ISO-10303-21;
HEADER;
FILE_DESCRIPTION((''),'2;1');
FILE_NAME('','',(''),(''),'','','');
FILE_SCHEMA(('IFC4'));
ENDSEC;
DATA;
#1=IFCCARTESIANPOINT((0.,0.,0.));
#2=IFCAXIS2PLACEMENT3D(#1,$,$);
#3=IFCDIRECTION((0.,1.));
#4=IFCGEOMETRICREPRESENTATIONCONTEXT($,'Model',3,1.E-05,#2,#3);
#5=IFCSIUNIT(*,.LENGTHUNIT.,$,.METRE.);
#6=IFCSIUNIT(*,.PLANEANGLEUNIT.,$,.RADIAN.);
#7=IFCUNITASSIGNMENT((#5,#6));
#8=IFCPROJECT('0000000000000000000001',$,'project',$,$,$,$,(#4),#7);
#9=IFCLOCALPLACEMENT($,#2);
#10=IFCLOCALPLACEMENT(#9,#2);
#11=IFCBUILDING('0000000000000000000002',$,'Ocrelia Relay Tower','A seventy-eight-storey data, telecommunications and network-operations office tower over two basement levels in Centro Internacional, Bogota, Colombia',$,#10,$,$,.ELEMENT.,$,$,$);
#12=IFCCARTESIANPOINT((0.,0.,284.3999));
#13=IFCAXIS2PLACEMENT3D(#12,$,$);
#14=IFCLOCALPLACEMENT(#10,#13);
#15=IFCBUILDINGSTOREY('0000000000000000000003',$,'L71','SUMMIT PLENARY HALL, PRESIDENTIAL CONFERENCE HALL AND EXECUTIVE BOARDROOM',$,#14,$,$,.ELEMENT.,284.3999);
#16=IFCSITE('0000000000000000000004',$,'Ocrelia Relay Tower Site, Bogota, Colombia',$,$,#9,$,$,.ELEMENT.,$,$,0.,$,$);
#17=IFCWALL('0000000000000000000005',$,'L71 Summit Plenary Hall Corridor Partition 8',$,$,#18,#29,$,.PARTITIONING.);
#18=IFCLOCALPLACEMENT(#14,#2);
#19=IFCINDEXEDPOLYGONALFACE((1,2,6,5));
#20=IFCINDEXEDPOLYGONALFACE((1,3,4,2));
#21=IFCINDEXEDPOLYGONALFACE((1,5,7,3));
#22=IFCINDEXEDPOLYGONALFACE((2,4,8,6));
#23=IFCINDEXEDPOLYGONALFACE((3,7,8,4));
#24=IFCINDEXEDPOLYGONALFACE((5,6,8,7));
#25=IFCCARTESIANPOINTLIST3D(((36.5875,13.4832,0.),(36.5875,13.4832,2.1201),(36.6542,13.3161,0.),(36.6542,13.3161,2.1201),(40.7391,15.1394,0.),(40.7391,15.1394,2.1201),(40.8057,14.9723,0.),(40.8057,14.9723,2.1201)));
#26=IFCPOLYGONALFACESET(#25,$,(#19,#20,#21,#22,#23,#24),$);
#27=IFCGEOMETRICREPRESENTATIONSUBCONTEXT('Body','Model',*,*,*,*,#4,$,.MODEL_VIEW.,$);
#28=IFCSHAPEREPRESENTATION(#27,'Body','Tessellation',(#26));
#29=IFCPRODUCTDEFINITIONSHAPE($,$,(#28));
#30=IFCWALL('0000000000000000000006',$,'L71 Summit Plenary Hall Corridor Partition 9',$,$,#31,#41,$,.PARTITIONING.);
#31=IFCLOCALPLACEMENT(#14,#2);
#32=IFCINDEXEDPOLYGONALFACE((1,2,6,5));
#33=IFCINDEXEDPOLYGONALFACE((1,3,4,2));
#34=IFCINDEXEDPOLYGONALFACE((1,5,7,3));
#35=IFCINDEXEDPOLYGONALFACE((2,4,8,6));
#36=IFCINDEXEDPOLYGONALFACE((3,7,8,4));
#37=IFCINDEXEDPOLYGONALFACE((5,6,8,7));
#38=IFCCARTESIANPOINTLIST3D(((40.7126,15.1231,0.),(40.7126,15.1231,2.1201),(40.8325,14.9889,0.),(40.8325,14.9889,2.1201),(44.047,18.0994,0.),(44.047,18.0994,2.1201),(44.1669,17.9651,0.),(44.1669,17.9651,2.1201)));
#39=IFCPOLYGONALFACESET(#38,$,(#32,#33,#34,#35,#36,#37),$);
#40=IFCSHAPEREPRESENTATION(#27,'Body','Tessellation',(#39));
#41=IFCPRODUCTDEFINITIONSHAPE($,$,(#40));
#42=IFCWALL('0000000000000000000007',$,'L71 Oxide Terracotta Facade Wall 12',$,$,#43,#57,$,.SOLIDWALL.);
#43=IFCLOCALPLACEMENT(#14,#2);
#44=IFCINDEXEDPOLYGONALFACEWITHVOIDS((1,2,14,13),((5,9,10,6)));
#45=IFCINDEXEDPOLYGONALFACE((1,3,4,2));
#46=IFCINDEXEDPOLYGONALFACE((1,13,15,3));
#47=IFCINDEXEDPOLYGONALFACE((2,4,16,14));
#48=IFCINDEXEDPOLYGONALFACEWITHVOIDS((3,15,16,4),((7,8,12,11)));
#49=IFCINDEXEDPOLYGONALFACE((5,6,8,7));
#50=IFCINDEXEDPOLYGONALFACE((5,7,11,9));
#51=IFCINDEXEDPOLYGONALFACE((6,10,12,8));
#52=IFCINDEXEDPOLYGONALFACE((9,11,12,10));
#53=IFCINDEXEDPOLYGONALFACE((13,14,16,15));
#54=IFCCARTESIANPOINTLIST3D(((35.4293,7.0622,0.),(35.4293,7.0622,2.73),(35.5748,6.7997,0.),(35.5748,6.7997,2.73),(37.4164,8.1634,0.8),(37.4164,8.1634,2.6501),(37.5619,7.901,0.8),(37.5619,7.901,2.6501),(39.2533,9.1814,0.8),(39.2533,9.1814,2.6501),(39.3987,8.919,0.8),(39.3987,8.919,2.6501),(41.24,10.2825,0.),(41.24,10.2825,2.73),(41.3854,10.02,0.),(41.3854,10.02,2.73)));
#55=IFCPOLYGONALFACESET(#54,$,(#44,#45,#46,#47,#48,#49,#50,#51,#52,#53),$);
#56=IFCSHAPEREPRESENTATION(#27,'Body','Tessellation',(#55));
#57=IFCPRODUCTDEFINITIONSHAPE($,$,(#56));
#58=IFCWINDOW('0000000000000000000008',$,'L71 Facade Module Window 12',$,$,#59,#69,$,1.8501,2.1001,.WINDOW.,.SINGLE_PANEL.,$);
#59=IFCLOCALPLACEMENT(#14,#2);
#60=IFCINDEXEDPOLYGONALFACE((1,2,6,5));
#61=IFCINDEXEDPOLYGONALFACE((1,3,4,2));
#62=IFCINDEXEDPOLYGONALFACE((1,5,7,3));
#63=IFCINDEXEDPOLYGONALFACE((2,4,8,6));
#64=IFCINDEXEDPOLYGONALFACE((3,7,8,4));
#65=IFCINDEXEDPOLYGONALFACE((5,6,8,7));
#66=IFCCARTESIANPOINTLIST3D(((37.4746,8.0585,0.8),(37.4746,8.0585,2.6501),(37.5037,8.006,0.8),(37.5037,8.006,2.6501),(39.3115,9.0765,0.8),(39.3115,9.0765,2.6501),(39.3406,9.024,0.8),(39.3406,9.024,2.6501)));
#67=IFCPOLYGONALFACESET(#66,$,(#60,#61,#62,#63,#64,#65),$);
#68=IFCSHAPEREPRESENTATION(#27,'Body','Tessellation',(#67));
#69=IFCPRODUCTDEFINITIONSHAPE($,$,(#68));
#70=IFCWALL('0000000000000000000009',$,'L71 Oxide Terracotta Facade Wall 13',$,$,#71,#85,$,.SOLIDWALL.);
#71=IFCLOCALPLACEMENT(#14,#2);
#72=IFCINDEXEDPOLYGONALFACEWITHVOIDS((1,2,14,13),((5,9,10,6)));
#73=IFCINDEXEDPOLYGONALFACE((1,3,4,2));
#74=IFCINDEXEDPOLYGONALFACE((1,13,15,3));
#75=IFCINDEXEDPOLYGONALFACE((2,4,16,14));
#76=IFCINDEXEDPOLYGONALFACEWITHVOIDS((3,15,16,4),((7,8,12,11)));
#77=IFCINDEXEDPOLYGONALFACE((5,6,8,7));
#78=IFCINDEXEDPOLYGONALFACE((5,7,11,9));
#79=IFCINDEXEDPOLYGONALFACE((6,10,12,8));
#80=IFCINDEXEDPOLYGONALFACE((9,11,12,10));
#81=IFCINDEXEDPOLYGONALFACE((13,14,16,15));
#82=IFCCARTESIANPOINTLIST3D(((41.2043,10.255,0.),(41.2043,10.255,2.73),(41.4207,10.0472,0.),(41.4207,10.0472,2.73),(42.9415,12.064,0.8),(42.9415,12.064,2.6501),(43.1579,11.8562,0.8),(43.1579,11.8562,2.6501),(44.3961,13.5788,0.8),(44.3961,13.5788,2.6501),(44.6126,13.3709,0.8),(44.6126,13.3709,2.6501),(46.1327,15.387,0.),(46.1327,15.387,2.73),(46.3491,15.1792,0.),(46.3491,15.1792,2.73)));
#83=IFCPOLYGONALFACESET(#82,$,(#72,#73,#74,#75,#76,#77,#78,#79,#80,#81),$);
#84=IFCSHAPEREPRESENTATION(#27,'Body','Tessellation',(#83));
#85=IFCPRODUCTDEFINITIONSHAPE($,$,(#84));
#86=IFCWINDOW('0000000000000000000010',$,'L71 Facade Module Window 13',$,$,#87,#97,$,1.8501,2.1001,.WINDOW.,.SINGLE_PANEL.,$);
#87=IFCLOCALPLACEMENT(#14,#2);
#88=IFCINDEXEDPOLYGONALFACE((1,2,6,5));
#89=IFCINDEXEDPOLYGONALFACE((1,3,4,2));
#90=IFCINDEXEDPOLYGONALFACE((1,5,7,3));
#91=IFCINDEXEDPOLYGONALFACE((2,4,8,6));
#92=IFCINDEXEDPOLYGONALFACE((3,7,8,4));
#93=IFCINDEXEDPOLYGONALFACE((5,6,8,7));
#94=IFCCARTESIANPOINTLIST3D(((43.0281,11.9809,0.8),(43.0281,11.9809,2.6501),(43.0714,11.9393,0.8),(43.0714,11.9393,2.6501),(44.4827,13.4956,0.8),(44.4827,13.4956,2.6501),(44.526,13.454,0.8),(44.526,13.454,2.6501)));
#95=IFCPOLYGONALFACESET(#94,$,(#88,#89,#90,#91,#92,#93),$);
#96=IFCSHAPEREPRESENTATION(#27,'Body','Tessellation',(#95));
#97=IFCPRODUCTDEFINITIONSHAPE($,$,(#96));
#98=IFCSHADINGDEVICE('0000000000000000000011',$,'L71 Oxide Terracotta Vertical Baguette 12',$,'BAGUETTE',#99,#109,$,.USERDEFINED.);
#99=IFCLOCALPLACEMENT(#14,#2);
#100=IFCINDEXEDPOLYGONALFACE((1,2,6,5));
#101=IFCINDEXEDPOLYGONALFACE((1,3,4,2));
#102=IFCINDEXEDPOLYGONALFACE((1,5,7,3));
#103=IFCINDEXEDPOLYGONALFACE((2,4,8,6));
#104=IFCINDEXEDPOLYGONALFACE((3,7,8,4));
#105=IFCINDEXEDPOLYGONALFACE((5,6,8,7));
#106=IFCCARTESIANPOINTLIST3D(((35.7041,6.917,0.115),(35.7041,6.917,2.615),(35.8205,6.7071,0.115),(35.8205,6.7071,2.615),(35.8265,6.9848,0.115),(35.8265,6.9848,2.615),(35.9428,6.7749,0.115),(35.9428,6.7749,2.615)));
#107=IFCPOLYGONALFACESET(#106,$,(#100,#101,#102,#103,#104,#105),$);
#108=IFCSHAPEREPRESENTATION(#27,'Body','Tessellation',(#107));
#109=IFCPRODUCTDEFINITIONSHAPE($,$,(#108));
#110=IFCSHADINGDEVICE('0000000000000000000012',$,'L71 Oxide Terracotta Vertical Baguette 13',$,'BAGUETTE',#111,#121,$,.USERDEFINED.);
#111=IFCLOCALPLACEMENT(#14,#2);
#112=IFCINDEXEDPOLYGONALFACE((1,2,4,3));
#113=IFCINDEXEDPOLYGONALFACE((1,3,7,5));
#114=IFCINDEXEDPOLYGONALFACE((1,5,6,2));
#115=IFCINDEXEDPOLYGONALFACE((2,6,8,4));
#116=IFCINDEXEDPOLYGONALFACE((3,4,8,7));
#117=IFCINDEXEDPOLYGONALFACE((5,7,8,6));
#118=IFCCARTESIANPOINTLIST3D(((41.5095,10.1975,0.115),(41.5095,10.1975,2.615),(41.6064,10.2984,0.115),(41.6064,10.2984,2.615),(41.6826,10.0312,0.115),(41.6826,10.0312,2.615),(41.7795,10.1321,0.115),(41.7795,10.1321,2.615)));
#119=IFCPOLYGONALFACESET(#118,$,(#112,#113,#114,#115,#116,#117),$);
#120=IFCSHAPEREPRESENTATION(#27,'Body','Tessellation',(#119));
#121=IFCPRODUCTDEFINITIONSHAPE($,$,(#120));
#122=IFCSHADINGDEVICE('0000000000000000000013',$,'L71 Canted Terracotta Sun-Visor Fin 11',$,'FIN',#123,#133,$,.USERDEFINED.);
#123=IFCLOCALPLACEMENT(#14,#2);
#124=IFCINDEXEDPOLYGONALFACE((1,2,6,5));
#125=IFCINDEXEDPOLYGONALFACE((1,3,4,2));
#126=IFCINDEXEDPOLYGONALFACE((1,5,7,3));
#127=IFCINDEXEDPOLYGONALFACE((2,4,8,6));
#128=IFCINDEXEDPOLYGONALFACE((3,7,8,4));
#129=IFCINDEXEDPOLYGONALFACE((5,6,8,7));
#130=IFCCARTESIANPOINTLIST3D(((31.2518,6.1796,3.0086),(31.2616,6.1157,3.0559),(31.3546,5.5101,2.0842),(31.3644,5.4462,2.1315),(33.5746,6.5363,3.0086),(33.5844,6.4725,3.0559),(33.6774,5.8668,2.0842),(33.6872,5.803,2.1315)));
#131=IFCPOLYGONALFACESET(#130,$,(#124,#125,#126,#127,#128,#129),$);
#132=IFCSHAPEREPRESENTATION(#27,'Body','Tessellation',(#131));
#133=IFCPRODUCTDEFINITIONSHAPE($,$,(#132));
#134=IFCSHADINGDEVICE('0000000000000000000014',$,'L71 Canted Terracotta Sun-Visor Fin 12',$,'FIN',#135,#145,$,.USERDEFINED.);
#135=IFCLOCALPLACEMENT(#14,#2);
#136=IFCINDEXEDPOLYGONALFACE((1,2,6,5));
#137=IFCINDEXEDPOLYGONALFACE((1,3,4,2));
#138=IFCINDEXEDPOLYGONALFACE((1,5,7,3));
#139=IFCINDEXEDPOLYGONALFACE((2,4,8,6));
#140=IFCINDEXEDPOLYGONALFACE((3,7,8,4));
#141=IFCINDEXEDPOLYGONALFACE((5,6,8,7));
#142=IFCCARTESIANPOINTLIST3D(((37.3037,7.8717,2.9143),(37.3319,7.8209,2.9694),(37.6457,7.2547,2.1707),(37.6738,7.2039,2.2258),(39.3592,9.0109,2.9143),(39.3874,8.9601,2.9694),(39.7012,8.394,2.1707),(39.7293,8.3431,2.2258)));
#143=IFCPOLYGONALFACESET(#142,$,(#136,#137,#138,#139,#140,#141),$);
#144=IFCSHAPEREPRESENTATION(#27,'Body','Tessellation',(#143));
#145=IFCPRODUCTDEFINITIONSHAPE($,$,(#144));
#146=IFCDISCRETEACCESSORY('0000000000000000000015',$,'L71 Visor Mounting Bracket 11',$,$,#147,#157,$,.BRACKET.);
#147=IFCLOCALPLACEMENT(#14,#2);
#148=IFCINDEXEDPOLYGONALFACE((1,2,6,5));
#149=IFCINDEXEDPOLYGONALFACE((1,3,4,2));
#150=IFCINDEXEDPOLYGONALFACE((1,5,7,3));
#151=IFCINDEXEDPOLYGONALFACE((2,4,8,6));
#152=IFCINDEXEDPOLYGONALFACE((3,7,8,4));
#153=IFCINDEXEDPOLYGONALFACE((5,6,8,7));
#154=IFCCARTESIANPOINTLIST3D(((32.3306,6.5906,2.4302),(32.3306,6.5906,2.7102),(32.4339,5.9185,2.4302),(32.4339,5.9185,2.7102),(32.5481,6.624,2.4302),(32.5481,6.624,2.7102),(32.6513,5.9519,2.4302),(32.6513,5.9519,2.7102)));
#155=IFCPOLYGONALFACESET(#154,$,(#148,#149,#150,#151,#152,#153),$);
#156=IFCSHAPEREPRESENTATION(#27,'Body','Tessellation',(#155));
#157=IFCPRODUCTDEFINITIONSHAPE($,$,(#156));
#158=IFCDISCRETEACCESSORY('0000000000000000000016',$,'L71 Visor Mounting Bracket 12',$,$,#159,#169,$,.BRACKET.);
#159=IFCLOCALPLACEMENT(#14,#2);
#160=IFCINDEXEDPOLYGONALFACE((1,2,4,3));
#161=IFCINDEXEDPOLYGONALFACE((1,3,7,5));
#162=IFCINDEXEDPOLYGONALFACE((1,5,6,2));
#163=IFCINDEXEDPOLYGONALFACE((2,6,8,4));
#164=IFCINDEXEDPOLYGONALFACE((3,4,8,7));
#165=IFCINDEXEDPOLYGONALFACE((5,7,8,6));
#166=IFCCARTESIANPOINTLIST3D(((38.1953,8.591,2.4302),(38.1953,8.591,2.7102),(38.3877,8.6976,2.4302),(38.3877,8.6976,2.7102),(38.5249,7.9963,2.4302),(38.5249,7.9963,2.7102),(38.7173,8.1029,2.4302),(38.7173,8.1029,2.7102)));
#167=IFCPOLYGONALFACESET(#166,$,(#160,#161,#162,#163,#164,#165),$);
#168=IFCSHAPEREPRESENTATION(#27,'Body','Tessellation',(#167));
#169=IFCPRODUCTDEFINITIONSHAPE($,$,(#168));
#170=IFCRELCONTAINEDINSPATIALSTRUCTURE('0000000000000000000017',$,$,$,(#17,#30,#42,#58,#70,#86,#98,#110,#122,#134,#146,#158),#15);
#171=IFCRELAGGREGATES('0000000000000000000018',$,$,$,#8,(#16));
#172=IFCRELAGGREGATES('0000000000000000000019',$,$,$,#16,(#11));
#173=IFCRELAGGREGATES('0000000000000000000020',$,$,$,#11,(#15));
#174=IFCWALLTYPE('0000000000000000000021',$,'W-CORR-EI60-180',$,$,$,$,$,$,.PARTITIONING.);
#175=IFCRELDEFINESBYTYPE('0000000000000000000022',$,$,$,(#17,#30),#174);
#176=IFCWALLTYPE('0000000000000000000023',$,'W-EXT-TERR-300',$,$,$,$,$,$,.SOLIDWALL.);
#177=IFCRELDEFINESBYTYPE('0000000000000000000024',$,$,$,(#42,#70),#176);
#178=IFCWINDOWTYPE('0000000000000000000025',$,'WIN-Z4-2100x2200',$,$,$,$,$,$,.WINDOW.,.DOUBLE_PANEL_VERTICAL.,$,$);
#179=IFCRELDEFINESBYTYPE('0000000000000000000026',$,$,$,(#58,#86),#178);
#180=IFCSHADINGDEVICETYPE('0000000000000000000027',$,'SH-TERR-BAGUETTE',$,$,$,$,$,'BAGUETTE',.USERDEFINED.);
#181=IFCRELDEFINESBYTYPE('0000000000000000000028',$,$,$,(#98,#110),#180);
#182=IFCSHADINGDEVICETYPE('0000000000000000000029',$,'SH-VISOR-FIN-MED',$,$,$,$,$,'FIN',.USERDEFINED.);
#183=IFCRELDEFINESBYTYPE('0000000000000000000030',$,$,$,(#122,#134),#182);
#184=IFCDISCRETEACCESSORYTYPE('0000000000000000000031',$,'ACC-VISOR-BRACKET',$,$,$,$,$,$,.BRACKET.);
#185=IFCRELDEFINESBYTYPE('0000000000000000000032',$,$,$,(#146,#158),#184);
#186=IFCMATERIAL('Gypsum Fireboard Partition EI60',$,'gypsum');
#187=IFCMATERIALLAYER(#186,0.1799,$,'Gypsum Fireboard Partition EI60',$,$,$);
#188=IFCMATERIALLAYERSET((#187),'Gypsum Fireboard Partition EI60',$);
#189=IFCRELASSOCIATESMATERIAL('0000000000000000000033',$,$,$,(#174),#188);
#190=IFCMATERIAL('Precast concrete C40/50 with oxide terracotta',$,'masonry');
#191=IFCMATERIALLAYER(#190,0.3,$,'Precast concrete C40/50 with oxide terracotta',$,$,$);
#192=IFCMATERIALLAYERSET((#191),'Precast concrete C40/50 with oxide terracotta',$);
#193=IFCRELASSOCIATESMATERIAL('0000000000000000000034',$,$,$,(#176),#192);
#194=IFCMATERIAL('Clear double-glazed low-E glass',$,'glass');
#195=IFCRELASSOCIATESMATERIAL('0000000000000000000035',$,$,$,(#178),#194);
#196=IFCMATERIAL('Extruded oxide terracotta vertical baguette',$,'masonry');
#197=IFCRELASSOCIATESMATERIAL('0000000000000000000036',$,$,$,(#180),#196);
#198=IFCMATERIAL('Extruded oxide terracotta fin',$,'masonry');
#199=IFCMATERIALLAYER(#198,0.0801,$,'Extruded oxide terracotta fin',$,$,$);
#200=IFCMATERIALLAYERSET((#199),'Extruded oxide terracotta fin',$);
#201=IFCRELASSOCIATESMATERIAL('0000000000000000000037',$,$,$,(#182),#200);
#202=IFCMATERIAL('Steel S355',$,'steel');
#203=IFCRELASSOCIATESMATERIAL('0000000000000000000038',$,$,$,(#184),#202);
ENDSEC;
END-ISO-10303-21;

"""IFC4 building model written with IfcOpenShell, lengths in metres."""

from ifc_helpers import new_model, si_unit, direction, frame, frame_2d, origin, origin_2d, place, context, subcontext, project, spatial, rectangle, extrude, material, layer, layer_set, type_object, element, fill, save


model = new_model("IFC4")

# Units and contexts
model_context = context("Model", 3, precision=1e-05, world=origin(), true_north=direction((0.0, 1.0)))
body_context = subcontext(model_context, "Body", "Model", "MODEL_VIEW")
ifc_project = project(units=[si_unit("LENGTHUNIT", "METRE"), si_unit("PLANEANGLEUNIT", "RADIAN")], contexts=[model_context])

# Site, building, storey
site_placement = place(None, origin())
site = spatial("IfcSite", under=ifc_project, at=site_placement, Name="Ocrelia Relay Tower Site, Bogota, Colombia", CompositionType="ELEMENT", RefElevation=0.0)
building_placement = place(site_placement, origin())
building = spatial("IfcBuilding", under=site, at=building_placement, Name="Ocrelia Relay Tower", Description="A seventy-eight-storey data, telecommunications and network-operations office tower over two basement levels in Centro Internacional, Bogota, Colombia", CompositionType="ELEMENT")
storey_placement = place(building_placement, frame((0.0, 0.0, 284.3999)))
storey = spatial("IfcBuildingStorey", under=building, at=storey_placement, Name="L71", Description="SUMMIT PLENARY HALL, PRESIDENTIAL CONFERENCE HALL AND EXECUTIVE BOARDROOM", CompositionType="ELEMENT", Elevation=284.3999)

# Shared definitions
ifc_material_1 = material(Name="Steel S355", Category="steel")

# Walls
ifc_material_2 = material(Name="Gypsum Fireboard Partition EI60", Category="gypsum")
ifc_layer_1 = layer(ifc_material_2, 0.1799, Name="Gypsum Fireboard Partition EI60")
ifc_layer_set_1 = layer_set([ifc_layer_1], Name="Gypsum Fireboard Partition EI60")
wall_type_1 = type_object("IfcWallType", Name="W-CORR-EI60-180", PredefinedType="PARTITIONING", material=ifc_layer_set_1)
wall_1_placement = place(storey_placement, frame((36.6208, 13.3997, 0.0), z_axis=(0.0, 0.0, 1.0), x_axis=(0.928815, 0.370543, 0.0)))
element("IfcWall", 1, at=wall_1_placement, inside=storey, type_object=wall_type_1, Name="L71 Summit Plenary Hall Corridor Partition 8", PredefinedType="PARTITIONING", context=body_context, shape_type="SweptSolid", body=[
    extrude(rectangle(XDim=4.4697, YDim=0.1799, at=frame_2d((2.2349, 0.0))), origin(), (0.0, 0.0, 1.0), 2.1201),
])
wall_2_placement = place(storey_placement, frame((40.7725, 15.0559, 0.0), z_axis=(0.0, 0.0, 1.0), x_axis=(0.746037, 0.665905, 0.0)))
element("IfcWall", 2, at=wall_2_placement, inside=storey, type_object=wall_type_1, Name="L71 Summit Plenary Hall Corridor Partition 9", PredefinedType="PARTITIONING", context=body_context, shape_type="SweptSolid", body=[
    extrude(rectangle(XDim=4.4695, YDim=0.1799, at=frame_2d((2.2349, 0.0))), origin(), (0.0, 0.0, 1.0), 2.1201),
])

# Walls, openings, windows
ifc_material_3 = material(Name="Precast concrete C40/50 with oxide terracotta", Category="masonry")
ifc_layer_2 = layer(ifc_material_3, 0.3, Name="Precast concrete C40/50 with oxide terracotta")
ifc_layer_set_2 = layer_set([ifc_layer_2], Name="Precast concrete C40/50 with oxide terracotta")
wall_type_2 = type_object("IfcWallType", Name="W-EXT-TERR-300", PredefinedType="SOLIDWALL", material=ifc_layer_set_2)
wall_3_placement = place(storey_placement, frame((35.502, 6.9309, 0.0), z_axis=(0.0, 0.0, 1.0), x_axis=(0.87466, 0.484738, 0.0)))
wall_3 = element("IfcWall", 3, at=wall_3_placement, inside=storey, type_object=wall_type_2, Name="L71 Oxide Terracotta Facade Wall 12", PredefinedType="SOLIDWALL", context=body_context, shape_type="SweptSolid", body=[
    extrude(rectangle(XDim=6.6433, YDim=0.3, at=frame_2d((3.3218, 0.0))), origin(), (0.0, 0.0, 1.0), 2.73),
])
opening_1_placement = place(wall_3_placement, frame((2.272, 0.0, 0.8)))
opening_1 = element("IfcOpeningElement", 4, at=opening_1_placement, cuts=wall_3, PredefinedType="OPENING", context=body_context, shape_type="SweptSolid", body=[
    extrude(rectangle(XDim=2.1001, YDim=1.8501, at=frame_2d((1.05, 0.925))), frame((0.0, 0.1602, 0.0), z_axis=(0.0, -1.0, 0.0), x_axis=(1.0, 0.0, 0.0)), (0.0, 0.0, 1.0), 0.3201),
])
ifc_material_4 = material(Name="Clear double-glazed low-E glass", Category="glass")
window_type = type_object("IfcWindowType", Name="WIN-Z4-2100x2200", PartitioningType="DOUBLE_PANEL_VERTICAL", PredefinedType="WINDOW", material=ifc_material_4)
window_1_placement = place(opening_1_placement, origin())
window_1 = element("IfcWindow", 5, at=window_1_placement, inside=storey, type_object=window_type, Name="L71 Facade Module Window 12", OverallHeight=1.8501, OverallWidth=2.1001, PartitioningType="SINGLE_PANEL", PredefinedType="WINDOW", context=body_context, shape_type="SweptSolid", body=[
    extrude(rectangle(XDim=2.1001, YDim=1.8501, at=frame_2d((1.05, 0.925))), frame((0.0, 0.03, 0.0), z_axis=(0.0, -1.0, 0.0), x_axis=(1.0, 0.0, 0.0)), (0.0, 0.0, 1.0), 0.0601),
])
fill(opening_1, window_1)
wall_4_placement = place(storey_placement, frame((41.3125, 10.1511, 0.0), z_axis=(0.0, 0.0, 1.0), x_axis=(0.692654, 0.72127, 0.0)))
wall_4 = element("IfcWall", 6, at=wall_4_placement, inside=storey, type_object=wall_type_2, Name="L71 Oxide Terracotta Facade Wall 13", PredefinedType="SOLIDWALL", context=body_context, shape_type="SweptSolid", body=[
    extrude(rectangle(XDim=7.1152, YDim=0.3, at=frame_2d((3.5576, 0.0))), origin(), (0.0, 0.0, 1.0), 2.73),
])
opening_2_placement = place(wall_4_placement, frame((2.5081, 0.0, 0.8)))
opening_2 = element("IfcOpeningElement", 7, at=opening_2_placement, cuts=wall_4, PredefinedType="OPENING", context=body_context, shape_type="SweptSolid", body=[
    extrude(rectangle(XDim=2.1001, YDim=1.8501, at=frame_2d((1.05, 0.925))), frame((0.0, 0.1602, 0.0), z_axis=(0.0, -1.0, 0.0), x_axis=(1.0, 0.0, 0.0)), (0.0, 0.0, 1.0), 0.3201),
])
window_2_placement = place(opening_2_placement, origin())
window_2 = element("IfcWindow", 8, at=window_2_placement, inside=storey, type_object=window_type, Name="L71 Facade Module Window 13", OverallHeight=1.8501, OverallWidth=2.1001, PartitioningType="SINGLE_PANEL", PredefinedType="WINDOW", context=body_context, shape_type="SweptSolid", body=[
    extrude(rectangle(XDim=2.1001, YDim=1.8501, at=frame_2d((1.05, 0.925))), frame((0.0, 0.03, 0.0), z_axis=(0.0, -1.0, 0.0), x_axis=(1.0, 0.0, 0.0)), (0.0, 0.0, 1.0), 0.0601),
])
fill(opening_2, window_2)

# Shading devices
ifc_material_5 = material(Name="Extruded oxide terracotta vertical baguette", Category="masonry")
shading_device_type_1 = type_object("IfcShadingDeviceType", Name="SH-TERR-BAGUETTE", ElementType="BAGUETTE", PredefinedType="USERDEFINED", material=ifc_material_5)
for number, where, z_axis, x_axis, name in (
    (9, (35.8235, 6.8459, 0.115), (0.0, 0.0, 1.0), (0.874649, 0.484757, 0.0), "L71 Oxide Terracotta Vertical Baguette 12"),
    (10, (41.6445, 10.1648, 0.115), (0.0, 0.0, 1.0), (0.692662, 0.721262, 0.0), "L71 Oxide Terracotta Vertical Baguette 13"),
):
    element("IfcShadingDevice", number, at=place(storey_placement, frame(where, z_axis=z_axis, x_axis=x_axis)), inside=storey, type_object=shading_device_type_1, Name=name, ObjectType="BAGUETTE", PredefinedType="USERDEFINED", context=body_context, shape_type="SweptSolid", body=[
        extrude(rectangle(XDim=0.1399, YDim=0.24, at=origin_2d()), origin(), (0.0, 0.0, 1.0), 2.5),
    ])
ifc_material_6 = material(Name="Extruded oxide terracotta fin", Category="masonry")
ifc_layer_3 = layer(ifc_material_6, 0.0801, Name="Extruded oxide terracotta fin")
ifc_layer_set_3 = layer_set([ifc_layer_3], Name="Extruded oxide terracotta fin")
shading_device_type_2 = type_object("IfcShadingDeviceType", Name="SH-VISOR-FIN-MED", ElementType="FIN", PredefinedType="USERDEFINED", material=ifc_layer_set_3)
shading_device_1_placement = place(storey_placement, frame((32.4646, 6.0232, 2.5464), z_axis=(0.122451, -0.797303, 0.591028), x_axis=(0.988411, 0.151802, 0.0)))
element("IfcShadingDevice", 11, at=shading_device_1_placement, inside=storey, type_object=shading_device_type_2, Name="L71 Canted Terracotta Sun-Visor Fin 11", ObjectType="FIN", PredefinedType="USERDEFINED", context=body_context, shape_type="SweptSolid", body=[
    extrude(rectangle(XDim=2.3501, YDim=1.146, at=origin_2d()), origin(), (0.0, 0.0, 1.0), 0.0801),
])
shading_device_2_placement = place(storey_placement, frame((38.5024, 8.1328, 2.5425), z_axis=(0.351689, -0.634553, 0.688228), x_axis=(0.874649, 0.484757, 0.0)))
element("IfcShadingDevice", 12, at=shading_device_2_placement, inside=storey, type_object=shading_device_type_2, Name="L71 Canted Terracotta Sun-Visor Fin 12", ObjectType="FIN", PredefinedType="USERDEFINED", context=body_context, shape_type="SweptSolid", body=[
    extrude(rectangle(XDim=2.3501, YDim=1.0249, at=origin_2d()), origin(), (0.0, 0.0, 1.0), 0.0801),
])

# Discrete accessories
discrete_accessory_type = type_object("IfcDiscreteAccessoryType", Name="ACC-VISOR-BRACKET", PredefinedType="BRACKET", material=ifc_material_1)
for number, where, z_axis, x_axis, name in (
    (13, (32.491, 6.2712, 2.4302), (0.0, 0.0, 1.0), (0.988411, 0.151802, 0.0), "L71 Visor Mounting Bracket 11"),
    (14, (38.4563, 8.3469, 2.4302), (0.0, 0.0, 1.0), (0.874649, 0.484757, 0.0), "L71 Visor Mounting Bracket 12"),
):
    element("IfcDiscreteAccessory", number, at=place(storey_placement, frame(where, z_axis=z_axis, x_axis=x_axis)), inside=storey, type_object=discrete_accessory_type, Name=name, PredefinedType="BRACKET", context=body_context, shape_type="SweptSolid", body=[
        extrude(rectangle(XDim=0.22, YDim=0.6799, at=origin_2d()), origin(), (0.0, 0.0, 1.0), 0.28),
    ])

save(model, "model.ifc")
